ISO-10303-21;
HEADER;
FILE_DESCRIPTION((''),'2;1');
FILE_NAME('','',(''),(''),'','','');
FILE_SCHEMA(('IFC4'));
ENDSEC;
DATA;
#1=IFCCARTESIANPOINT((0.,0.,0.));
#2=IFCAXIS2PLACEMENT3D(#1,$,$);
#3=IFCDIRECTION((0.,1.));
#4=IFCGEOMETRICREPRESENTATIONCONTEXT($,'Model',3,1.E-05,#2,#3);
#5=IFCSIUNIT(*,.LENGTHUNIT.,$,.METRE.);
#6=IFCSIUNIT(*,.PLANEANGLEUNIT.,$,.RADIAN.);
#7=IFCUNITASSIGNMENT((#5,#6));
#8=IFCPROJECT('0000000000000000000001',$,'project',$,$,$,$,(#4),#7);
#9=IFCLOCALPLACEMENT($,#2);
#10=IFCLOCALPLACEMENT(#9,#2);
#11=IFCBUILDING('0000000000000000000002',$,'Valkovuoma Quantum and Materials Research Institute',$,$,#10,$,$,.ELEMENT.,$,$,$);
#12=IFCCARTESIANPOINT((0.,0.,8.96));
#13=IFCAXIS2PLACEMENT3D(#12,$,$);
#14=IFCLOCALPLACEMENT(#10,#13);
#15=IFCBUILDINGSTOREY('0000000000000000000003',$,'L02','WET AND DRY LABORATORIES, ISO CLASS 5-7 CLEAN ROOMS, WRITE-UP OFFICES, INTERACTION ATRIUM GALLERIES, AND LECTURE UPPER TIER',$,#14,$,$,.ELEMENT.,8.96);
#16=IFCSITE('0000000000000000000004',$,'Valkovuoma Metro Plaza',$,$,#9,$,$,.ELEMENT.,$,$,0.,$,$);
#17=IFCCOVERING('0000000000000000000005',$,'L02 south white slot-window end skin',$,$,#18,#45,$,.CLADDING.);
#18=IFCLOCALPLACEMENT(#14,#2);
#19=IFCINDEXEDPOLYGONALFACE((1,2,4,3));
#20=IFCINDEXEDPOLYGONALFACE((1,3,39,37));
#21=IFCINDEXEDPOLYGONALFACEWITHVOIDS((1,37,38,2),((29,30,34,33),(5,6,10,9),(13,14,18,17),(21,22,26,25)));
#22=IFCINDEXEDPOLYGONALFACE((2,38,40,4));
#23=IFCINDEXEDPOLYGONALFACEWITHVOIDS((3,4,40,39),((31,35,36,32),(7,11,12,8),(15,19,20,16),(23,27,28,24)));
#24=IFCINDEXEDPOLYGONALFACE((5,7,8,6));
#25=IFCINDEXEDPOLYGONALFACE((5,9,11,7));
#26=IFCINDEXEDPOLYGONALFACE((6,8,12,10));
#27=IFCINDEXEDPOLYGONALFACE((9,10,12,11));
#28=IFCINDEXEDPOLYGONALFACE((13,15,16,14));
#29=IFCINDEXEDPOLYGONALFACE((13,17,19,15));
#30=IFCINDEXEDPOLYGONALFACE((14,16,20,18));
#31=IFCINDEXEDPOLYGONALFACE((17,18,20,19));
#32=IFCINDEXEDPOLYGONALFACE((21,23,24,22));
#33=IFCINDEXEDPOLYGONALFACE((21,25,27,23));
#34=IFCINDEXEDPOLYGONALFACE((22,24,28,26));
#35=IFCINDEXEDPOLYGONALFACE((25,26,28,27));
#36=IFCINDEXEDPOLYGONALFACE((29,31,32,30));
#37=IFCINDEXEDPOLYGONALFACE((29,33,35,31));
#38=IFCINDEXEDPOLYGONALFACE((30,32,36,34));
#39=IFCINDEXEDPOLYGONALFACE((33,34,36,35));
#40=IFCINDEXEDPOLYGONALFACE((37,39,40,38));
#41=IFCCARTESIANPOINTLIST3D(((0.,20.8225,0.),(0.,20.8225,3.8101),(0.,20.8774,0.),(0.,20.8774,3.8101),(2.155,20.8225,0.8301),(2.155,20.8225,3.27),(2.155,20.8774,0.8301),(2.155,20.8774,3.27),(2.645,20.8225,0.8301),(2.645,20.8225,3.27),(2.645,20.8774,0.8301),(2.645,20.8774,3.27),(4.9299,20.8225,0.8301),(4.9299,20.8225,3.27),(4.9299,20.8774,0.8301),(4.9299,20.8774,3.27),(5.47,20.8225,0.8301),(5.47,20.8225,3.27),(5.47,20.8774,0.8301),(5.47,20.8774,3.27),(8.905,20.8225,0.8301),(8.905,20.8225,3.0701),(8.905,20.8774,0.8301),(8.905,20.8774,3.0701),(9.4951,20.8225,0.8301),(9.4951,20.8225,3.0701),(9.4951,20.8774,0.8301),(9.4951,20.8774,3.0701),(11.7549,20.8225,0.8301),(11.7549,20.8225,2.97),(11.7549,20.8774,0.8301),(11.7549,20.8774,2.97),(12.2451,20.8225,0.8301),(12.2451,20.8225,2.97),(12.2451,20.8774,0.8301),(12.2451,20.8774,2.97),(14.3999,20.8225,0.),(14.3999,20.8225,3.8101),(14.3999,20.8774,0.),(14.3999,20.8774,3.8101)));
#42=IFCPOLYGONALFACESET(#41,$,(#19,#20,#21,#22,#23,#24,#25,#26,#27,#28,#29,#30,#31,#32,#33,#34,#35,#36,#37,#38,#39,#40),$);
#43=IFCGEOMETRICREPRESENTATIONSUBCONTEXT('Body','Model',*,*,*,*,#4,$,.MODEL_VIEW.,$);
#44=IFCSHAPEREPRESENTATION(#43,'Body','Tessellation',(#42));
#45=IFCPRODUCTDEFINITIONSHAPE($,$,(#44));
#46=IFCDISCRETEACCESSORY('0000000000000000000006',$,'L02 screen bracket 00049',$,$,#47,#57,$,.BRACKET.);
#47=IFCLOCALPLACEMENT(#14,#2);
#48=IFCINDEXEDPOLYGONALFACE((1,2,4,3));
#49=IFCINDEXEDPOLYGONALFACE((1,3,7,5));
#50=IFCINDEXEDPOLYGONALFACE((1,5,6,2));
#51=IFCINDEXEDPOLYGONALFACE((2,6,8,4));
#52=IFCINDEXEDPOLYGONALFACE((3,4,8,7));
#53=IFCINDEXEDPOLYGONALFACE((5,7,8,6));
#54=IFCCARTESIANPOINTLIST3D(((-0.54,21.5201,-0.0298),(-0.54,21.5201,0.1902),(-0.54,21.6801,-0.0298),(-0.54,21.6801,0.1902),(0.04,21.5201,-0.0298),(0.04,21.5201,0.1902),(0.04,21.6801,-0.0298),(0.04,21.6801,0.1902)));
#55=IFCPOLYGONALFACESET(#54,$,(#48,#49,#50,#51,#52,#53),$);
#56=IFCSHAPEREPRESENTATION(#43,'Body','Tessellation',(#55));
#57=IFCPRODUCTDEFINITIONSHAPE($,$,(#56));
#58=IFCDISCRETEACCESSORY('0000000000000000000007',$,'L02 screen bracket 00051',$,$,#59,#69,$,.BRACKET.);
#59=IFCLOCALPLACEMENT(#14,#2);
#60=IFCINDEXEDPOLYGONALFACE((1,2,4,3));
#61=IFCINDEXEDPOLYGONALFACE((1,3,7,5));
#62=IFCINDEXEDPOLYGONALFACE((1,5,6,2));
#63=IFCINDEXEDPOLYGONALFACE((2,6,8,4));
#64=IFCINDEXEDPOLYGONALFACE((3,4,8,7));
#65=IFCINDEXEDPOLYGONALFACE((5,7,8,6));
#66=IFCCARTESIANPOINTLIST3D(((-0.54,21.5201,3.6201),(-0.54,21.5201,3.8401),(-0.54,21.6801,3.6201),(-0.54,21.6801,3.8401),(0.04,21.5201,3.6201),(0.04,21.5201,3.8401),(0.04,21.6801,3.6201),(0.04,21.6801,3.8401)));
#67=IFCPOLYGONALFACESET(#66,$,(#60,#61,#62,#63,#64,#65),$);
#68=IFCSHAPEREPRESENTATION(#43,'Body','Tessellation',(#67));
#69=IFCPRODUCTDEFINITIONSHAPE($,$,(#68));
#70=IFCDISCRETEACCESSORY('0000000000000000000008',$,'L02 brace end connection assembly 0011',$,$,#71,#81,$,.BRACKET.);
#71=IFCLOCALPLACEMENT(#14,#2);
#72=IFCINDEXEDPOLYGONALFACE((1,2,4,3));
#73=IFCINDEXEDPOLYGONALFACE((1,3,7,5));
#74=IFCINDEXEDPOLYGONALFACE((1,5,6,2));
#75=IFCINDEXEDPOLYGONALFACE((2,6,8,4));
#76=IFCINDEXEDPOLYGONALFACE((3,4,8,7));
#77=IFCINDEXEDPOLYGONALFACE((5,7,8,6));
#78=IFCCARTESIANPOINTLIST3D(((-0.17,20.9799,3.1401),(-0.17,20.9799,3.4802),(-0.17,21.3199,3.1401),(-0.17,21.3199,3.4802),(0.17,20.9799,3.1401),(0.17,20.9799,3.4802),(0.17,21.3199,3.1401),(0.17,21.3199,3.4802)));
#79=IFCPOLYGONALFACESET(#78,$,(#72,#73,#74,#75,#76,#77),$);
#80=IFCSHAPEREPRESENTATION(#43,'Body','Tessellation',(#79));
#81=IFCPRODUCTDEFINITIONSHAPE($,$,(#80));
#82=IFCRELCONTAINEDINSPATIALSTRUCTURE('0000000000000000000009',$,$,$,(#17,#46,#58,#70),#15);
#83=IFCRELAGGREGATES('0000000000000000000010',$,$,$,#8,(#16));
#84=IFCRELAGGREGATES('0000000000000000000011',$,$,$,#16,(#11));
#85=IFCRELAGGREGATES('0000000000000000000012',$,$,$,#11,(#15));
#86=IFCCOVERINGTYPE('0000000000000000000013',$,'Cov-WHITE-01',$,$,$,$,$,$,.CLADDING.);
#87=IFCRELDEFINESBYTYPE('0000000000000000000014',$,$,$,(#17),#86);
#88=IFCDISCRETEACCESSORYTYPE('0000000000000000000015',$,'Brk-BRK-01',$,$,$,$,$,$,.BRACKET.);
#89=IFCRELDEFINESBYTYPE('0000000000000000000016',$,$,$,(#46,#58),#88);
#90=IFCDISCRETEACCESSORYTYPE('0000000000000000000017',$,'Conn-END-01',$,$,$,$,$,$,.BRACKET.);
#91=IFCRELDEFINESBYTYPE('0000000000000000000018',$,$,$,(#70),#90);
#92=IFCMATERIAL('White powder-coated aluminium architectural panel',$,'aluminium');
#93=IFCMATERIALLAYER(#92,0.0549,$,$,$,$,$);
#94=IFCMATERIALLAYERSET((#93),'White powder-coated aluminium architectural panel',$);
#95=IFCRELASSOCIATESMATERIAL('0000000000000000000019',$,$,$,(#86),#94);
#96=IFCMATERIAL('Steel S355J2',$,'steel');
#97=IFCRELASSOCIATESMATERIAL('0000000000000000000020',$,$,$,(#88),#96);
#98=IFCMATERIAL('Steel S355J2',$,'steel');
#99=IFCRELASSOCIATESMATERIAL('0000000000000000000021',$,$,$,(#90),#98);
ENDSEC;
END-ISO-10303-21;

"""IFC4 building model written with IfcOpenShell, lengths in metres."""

from ifc_helpers import new_model, si_unit, direction, frame, origin, origin_2d, place, context, subcontext, project, spatial, polyline, rectangle, outline, extrude, material, layer, layer_set, type_object, element, save


model = new_model("IFC4")

# Units and contexts
model_context = context("Model", 3, precision=1e-05, world=origin(), true_north=direction((0.0, 1.0)))
body_context = subcontext(model_context, "Body", "Model", "MODEL_VIEW")
ifc_project = project(units=[si_unit("LENGTHUNIT", "METRE"), si_unit("PLANEANGLEUNIT", "RADIAN")], contexts=[model_context])

# Site, building, storey
site_placement = place(None, origin())
site = spatial("IfcSite", under=ifc_project, at=site_placement, Name="Valkovuoma Metro Plaza", CompositionType="ELEMENT", RefElevation=0.0)
building_placement = place(site_placement, origin())
building = spatial("IfcBuilding", under=site, at=building_placement, Name="Valkovuoma Quantum and Materials Research Institute", CompositionType="ELEMENT")
storey_placement = place(building_placement, frame((0.0, 0.0, 8.96)))
storey = spatial("IfcBuildingStorey", under=building, at=storey_placement, Name="L02", Description="WET AND DRY LABORATORIES, ISO CLASS 5-7 CLEAN ROOMS, WRITE-UP OFFICES, INTERACTION ATRIUM GALLERIES, AND LECTURE UPPER TIER", CompositionType="ELEMENT", Elevation=8.96)

# Covering
ifc_material_1 = material(Name="White powder-coated aluminium architectural panel", Category="aluminium")
ifc_layer_1 = layer(ifc_material_1, 0.0549)
ifc_layer_set_1 = layer_set([ifc_layer_1], Name="White powder-coated aluminium architectural panel")
covering_type_1 = type_object("IfcCoveringType", Name="Cov-WHITE-01", PredefinedType="CLADDING", material=ifc_layer_set_1)
covering_1_placement = place(storey_placement, frame((0.0, 20.8501, 0.0), z_axis=(0.0, 0.0, 1.0), x_axis=(1.0, 0.0, 0.0)))
element("IfcCovering", 1, at=covering_1_placement, inside=storey, type_object=covering_type_1, Name="L02 south white slot-window end skin", PredefinedType="CLADDING", context=body_context, shape_type="SweptSolid", body=[
    extrude(outline(polyline([(0.0, 0.0), (14.3999, 0.0), (14.3999, 3.8101), (0.0, 3.8101), (0.0, 0.0)]), holes=[polyline([(2.155, 0.8301), (2.155, 3.27), (2.645, 3.27), (2.645, 0.8301), (2.155, 0.8301)]), polyline([(4.9299, 0.8301), (4.9299, 3.27), (5.47, 3.27), (5.47, 0.8301), (4.9299, 0.8301)]), polyline([(8.905, 0.8301), (8.905, 3.0701), (9.4951, 3.0701), (9.4951, 0.8301), (8.905, 0.8301)]), polyline([(11.7549, 0.8301), (11.7549, 2.97), (12.2451, 2.97), (12.2451, 0.8301), (11.7549, 0.8301)])]), frame((0.0, 0.0273, 0.0), z_axis=(0.0, -1.0, 0.0), x_axis=(1.0, 0.0, 0.0)), (0.0, 0.0, 1.0), 0.0549),
])

# Discrete accessories
ifc_material_2 = material(Name="Steel S355J2", Category="steel")
discrete_accessory_type_1 = type_object("IfcDiscreteAccessoryType", Name="Brk-BRK-01", PredefinedType="BRACKET", material=ifc_material_2)
for number, where, z_axis, x_axis, name in (
    (2, (-0.25, 21.6001, -0.0298), (0.0, 0.0, 1.0), (1.0, 0.0, 0.0), "L02 screen bracket 00049"),
    (3, (-0.25, 21.6001, 3.6201), (0.0, 0.0, 1.0), (1.0, 0.0, 0.0), "L02 screen bracket 00051"),
):
    element("IfcDiscreteAccessory", number, at=place(storey_placement, frame(where, z_axis=z_axis, x_axis=x_axis)), inside=storey, type_object=discrete_accessory_type_1, Name=name, PredefinedType="BRACKET", context=body_context, shape_type="SweptSolid", body=[
        extrude(rectangle(XDim=0.5801, YDim=0.1599, at=origin_2d()), origin(), (0.0, 0.0, 1.0), 0.22),
    ])
ifc_material_3 = material(Name="Steel S355J2", Category="steel")
discrete_accessory_type_2 = type_object("IfcDiscreteAccessoryType", Name="Conn-END-01", PredefinedType="BRACKET", material=ifc_material_3)
discrete_accessory_placement = place(storey_placement, frame((0.0, 21.1499, 3.1401), z_axis=(0.0, 0.0, 1.0), x_axis=(1.0, 0.0, 0.0)))
element("IfcDiscreteAccessory", 4, at=discrete_accessory_placement, inside=storey, type_object=discrete_accessory_type_2, Name="L02 brace end connection assembly 0011", PredefinedType="BRACKET", context=body_context, shape_type="SweptSolid", body=[
    extrude(rectangle(XDim=0.3401, YDim=0.3401, at=origin_2d()), origin(), (0.0, 0.0, 1.0), 0.3401),
])

save(model, "model.ifc")
